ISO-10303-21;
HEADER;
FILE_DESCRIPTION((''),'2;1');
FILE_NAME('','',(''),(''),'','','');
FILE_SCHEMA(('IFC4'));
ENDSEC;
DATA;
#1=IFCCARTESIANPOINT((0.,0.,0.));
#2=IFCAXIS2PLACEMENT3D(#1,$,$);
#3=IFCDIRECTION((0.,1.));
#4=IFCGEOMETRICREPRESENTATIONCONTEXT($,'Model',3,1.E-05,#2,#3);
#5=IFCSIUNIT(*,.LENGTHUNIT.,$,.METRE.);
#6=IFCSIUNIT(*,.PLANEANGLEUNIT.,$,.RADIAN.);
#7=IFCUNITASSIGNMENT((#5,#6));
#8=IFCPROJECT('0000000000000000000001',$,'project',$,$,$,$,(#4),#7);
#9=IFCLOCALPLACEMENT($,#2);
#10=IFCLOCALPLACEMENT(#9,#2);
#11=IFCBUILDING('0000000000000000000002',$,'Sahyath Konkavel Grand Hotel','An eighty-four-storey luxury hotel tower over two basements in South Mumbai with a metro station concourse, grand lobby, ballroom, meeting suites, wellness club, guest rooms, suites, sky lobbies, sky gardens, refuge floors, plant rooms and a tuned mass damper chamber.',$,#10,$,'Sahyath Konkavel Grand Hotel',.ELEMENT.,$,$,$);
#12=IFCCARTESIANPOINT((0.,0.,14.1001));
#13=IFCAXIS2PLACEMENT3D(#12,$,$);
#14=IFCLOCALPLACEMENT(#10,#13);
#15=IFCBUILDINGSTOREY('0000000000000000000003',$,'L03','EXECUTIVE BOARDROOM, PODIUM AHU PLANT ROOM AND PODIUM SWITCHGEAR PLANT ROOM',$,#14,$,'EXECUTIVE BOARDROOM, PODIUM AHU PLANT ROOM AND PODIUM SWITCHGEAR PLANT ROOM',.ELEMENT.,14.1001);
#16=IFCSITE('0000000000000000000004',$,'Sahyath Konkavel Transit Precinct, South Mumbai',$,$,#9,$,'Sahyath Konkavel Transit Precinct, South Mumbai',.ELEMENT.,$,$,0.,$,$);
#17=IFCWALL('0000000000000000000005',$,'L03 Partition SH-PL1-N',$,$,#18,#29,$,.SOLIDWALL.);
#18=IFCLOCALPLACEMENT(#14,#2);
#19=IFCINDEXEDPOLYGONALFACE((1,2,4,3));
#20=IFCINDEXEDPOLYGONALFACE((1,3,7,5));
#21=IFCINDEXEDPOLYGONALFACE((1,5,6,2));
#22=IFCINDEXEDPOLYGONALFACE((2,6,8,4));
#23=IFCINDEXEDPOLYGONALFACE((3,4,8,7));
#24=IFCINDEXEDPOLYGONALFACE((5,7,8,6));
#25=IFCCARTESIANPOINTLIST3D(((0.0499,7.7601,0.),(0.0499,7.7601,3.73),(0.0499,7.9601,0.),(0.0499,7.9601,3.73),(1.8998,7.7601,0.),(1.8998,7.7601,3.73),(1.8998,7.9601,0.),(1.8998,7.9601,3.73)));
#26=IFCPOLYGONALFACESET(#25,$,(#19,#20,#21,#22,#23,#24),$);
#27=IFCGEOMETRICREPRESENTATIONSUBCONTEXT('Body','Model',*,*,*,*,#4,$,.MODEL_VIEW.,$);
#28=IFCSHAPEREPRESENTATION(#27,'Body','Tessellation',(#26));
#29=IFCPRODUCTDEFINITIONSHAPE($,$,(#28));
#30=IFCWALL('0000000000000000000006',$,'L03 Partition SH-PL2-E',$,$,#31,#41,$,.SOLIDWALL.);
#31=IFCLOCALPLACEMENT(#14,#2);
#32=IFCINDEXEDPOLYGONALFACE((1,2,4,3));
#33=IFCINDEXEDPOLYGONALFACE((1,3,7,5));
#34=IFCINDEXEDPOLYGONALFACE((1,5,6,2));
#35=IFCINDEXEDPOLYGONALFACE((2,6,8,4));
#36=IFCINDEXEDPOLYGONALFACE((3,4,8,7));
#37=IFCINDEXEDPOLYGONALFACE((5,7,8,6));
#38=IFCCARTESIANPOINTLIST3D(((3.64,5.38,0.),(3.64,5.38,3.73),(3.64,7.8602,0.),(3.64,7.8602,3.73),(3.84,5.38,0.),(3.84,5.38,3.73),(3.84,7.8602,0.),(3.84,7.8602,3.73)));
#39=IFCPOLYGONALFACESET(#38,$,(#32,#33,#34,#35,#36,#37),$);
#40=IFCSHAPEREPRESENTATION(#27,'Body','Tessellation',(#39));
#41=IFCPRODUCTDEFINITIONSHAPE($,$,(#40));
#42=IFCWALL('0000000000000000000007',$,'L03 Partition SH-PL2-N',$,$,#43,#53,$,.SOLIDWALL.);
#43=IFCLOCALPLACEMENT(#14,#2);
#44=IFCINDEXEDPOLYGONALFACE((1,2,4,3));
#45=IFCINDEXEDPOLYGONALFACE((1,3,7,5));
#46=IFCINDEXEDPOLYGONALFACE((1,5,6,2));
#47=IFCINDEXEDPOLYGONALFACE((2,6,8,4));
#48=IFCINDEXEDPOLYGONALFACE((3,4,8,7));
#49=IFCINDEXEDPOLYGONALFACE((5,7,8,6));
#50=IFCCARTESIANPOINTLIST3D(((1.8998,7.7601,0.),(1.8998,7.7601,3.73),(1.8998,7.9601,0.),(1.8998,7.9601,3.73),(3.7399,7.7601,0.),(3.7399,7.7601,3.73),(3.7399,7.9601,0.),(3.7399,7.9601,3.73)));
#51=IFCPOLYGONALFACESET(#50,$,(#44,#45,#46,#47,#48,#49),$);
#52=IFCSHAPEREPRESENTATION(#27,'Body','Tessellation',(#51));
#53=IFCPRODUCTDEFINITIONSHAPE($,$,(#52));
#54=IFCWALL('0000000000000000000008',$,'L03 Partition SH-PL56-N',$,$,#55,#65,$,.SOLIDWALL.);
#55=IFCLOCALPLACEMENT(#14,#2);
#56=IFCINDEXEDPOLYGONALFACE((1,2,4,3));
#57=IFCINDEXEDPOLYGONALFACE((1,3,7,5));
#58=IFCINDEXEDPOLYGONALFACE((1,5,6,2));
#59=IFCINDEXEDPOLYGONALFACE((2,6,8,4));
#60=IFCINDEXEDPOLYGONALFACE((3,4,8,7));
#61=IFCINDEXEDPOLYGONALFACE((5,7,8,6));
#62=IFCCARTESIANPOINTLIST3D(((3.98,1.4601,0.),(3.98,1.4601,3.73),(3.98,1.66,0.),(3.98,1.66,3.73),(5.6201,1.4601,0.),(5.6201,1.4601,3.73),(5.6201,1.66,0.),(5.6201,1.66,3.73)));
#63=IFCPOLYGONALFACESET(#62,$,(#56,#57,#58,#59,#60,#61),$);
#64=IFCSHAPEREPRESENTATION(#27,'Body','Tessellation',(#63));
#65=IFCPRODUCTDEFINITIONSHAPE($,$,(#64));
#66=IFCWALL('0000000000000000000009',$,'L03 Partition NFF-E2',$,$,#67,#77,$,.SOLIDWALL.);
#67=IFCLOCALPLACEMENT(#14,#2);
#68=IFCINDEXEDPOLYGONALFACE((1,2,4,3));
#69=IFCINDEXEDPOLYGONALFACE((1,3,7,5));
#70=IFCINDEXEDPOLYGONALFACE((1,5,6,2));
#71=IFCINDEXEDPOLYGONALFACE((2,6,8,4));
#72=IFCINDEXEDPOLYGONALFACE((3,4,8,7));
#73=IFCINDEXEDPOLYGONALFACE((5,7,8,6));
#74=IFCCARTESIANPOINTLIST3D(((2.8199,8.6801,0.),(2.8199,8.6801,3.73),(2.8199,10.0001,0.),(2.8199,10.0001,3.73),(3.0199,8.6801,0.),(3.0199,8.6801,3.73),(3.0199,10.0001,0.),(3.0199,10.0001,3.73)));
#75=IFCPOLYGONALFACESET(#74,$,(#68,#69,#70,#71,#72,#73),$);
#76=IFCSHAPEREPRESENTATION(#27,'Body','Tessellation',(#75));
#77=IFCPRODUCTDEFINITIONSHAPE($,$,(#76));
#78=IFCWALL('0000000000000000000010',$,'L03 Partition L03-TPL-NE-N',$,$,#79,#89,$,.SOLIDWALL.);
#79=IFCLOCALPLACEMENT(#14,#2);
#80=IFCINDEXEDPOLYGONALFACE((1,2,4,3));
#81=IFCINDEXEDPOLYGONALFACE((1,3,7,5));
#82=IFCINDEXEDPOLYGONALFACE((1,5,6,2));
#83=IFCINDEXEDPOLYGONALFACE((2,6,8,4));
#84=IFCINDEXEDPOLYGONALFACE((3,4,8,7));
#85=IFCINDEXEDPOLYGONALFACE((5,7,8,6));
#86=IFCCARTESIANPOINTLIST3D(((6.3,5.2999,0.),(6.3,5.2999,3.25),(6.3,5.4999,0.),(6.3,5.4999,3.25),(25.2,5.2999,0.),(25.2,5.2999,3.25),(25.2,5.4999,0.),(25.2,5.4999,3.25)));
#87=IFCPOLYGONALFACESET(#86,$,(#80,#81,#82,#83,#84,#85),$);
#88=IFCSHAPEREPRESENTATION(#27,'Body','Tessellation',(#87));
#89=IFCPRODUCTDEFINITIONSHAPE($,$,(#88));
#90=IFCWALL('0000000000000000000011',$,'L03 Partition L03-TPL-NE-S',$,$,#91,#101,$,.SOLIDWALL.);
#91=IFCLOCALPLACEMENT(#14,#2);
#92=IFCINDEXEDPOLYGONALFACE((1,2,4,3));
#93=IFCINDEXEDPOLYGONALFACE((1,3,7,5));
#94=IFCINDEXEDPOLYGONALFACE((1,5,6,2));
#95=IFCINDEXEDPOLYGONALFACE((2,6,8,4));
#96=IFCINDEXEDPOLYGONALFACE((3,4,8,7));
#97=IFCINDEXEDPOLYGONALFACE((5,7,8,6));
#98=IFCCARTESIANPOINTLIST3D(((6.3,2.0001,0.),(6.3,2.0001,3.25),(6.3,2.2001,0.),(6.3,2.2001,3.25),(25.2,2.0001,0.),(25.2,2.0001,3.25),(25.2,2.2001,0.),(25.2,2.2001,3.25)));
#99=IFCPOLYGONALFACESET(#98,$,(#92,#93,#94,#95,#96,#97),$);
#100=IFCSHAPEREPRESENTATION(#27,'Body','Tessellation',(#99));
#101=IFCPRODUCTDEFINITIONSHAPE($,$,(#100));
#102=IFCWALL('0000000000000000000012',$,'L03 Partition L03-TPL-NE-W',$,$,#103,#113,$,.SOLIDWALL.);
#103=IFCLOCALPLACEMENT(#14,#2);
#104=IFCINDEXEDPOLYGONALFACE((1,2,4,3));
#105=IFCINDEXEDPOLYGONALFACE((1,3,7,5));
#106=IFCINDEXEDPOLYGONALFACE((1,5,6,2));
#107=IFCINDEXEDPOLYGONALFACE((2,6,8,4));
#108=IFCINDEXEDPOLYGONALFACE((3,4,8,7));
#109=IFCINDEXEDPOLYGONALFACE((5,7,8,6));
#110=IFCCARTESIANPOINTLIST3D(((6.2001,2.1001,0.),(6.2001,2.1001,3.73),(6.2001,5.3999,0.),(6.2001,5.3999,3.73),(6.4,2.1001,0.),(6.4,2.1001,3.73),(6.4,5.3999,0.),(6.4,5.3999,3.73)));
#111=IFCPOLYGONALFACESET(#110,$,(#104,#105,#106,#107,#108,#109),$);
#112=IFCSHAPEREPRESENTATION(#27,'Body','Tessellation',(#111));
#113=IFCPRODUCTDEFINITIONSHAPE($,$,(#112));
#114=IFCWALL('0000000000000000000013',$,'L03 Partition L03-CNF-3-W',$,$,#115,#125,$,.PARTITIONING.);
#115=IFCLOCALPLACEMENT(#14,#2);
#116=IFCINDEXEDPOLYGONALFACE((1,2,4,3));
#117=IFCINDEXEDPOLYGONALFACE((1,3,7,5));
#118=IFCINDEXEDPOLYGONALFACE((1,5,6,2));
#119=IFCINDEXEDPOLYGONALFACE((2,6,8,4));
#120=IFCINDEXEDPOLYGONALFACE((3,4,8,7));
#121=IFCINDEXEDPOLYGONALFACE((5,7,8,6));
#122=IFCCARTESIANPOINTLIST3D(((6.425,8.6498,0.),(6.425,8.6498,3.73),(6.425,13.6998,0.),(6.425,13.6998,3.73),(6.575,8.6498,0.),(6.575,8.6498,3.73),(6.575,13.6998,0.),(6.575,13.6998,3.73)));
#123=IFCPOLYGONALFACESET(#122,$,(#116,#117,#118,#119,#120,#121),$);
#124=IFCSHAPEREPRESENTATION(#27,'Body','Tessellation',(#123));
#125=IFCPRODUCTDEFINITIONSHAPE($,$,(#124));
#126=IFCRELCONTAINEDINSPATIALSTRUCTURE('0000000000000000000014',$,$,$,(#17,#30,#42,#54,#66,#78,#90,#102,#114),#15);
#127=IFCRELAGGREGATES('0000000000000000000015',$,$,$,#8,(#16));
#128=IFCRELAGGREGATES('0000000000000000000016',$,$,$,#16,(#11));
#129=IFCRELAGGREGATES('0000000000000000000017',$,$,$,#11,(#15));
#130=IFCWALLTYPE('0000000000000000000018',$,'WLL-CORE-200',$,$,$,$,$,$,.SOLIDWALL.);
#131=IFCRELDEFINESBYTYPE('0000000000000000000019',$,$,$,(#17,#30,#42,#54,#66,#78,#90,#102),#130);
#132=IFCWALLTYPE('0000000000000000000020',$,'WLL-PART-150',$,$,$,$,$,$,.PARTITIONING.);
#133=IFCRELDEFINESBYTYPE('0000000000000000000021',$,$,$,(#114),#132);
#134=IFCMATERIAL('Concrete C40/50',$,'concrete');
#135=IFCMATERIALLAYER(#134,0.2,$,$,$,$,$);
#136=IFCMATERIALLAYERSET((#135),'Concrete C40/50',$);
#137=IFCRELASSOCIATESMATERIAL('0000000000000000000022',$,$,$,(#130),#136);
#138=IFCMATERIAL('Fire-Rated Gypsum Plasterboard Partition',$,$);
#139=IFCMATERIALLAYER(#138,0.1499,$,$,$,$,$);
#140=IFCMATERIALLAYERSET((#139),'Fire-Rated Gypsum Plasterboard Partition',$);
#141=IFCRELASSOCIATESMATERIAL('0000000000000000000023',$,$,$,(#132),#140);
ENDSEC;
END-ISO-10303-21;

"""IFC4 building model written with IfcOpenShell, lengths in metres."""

from ifc_helpers import new_model, si_unit, direction, frame, frame_2d, origin, place, context, subcontext, project, spatial, rectangle, extrude, material, layer, layer_set, type_object, element, save


model = new_model("IFC4")

# Units and contexts
model_context = context("Model", 3, precision=1e-05, world=origin(), true_north=direction((0.0, 1.0)))
body_context = subcontext(model_context, "Body", "Model", "MODEL_VIEW")
ifc_project = project(units=[si_unit("LENGTHUNIT", "METRE"), si_unit("PLANEANGLEUNIT", "RADIAN")], contexts=[model_context])

# Site, building, storey
site_placement = place(None, origin())
site = spatial("IfcSite", under=ifc_project, at=site_placement, Name="Sahyath Konkavel Transit Precinct, South Mumbai", LongName="Sahyath Konkavel Transit Precinct, South Mumbai", CompositionType="ELEMENT", RefElevation=0.0)
building_placement = place(site_placement, origin())
building = spatial("IfcBuilding", under=site, at=building_placement, Name="Sahyath Konkavel Grand Hotel", Description="An eighty-four-storey luxury hotel tower over two basements in South Mumbai with a metro station concourse, grand lobby, ballroom, meeting suites, wellness club, guest rooms, suites, sky lobbies, sky gardens, refuge floors, plant rooms and a tuned mass damper chamber.", LongName="Sahyath Konkavel Grand Hotel", CompositionType="ELEMENT")
storey_placement = place(building_placement, frame((0.0, 0.0, 14.1001)))
storey = spatial("IfcBuildingStorey", under=building, at=storey_placement, Name="L03", Description="EXECUTIVE BOARDROOM, PODIUM AHU PLANT ROOM AND PODIUM SWITCHGEAR PLANT ROOM", LongName="EXECUTIVE BOARDROOM, PODIUM AHU PLANT ROOM AND PODIUM SWITCHGEAR PLANT ROOM", CompositionType="ELEMENT", Elevation=14.1001)

# Shared definitions
ifc_material_1 = material(Name="Concrete C40/50", Category="concrete")
ifc_layer_1 = layer(ifc_material_1, 0.2)
ifc_layer_set_1 = layer_set([ifc_layer_1], Name="Concrete C40/50")
wall_type_1 = type_object("IfcWallType", Name="WLL-CORE-200", PredefinedType="SOLIDWALL", material=ifc_layer_set_1)

# Walls
wall_1_placement = place(storey_placement, frame((0.05, 7.8601, 0.0), z_axis=(0.0, 0.0, 1.0), x_axis=(1.0, 0.0, 0.0)))
element("IfcWall", 1, at=wall_1_placement, inside=storey, type_object=wall_type_1, Name="L03 Partition SH-PL1-N", PredefinedType="SOLIDWALL", context=body_context, shape_type="SweptSolid", body=[
    extrude(rectangle(XDim=1.8499, YDim=0.2, at=frame_2d((0.9248, 0.0))), origin(), (0.0, 0.0, 1.0), 3.73),
])
wall_2_placement = place(storey_placement, frame((3.74, 5.3799, 0.0), z_axis=(0.0, 0.0, 1.0), x_axis=(0.0, 1.0, 0.0)))
element("IfcWall", 2, at=wall_2_placement, inside=storey, type_object=wall_type_1, Name="L03 Partition SH-PL2-E", PredefinedType="SOLIDWALL", context=body_context, shape_type="SweptSolid", body=[
    extrude(rectangle(XDim=2.4802, YDim=0.2, at=frame_2d((1.2402, 0.0))), origin(), (0.0, 0.0, 1.0), 3.73),
])
wall_3_placement = place(storey_placement, frame((1.8999, 7.8601, 0.0), z_axis=(0.0, 0.0, 1.0), x_axis=(1.0, 0.0, 0.0)))
element("IfcWall", 3, at=wall_3_placement, inside=storey, type_object=wall_type_1, Name="L03 Partition SH-PL2-N", PredefinedType="SOLIDWALL", context=body_context, shape_type="SweptSolid", body=[
    extrude(rectangle(XDim=1.8401, YDim=0.2, at=frame_2d((0.9199, 0.0))), origin(), (0.0, 0.0, 1.0), 3.73),
])
wall_4_placement = place(storey_placement, frame((3.98, 1.5601, 0.0), z_axis=(0.0, 0.0, 1.0), x_axis=(1.0, 0.0, 0.0)))
element("IfcWall", 4, at=wall_4_placement, inside=storey, type_object=wall_type_1, Name="L03 Partition SH-PL56-N", PredefinedType="SOLIDWALL", context=body_context, shape_type="SweptSolid", body=[
    extrude(rectangle(XDim=1.6401, YDim=0.2, at=frame_2d((0.8201, 0.0))), origin(), (0.0, 0.0, 1.0), 3.73),
])

# Walls
wall_5_placement = place(storey_placement, frame((2.9199, 8.6799, 0.0), z_axis=(0.0, 0.0, 1.0), x_axis=(0.0, 1.0, 0.0)))
element("IfcWall", 5, at=wall_5_placement, inside=storey, type_object=wall_type_1, Name="L03 Partition NFF-E2", PredefinedType="SOLIDWALL", context=body_context, shape_type="SweptSolid", body=[
    extrude(rectangle(XDim=1.3201, YDim=0.2, at=frame_2d((0.6602, 0.0))), origin(), (0.0, 0.0, 1.0), 3.73),
])
for number, where, z_axis, x_axis, name in (
    (6, (6.3, 5.3999, 0.0), (0.0, 0.0, 1.0), (1.0, 0.0, 0.0), "L03 Partition L03-TPL-NE-N"),
    (7, (6.3, 2.1001, 0.0), (0.0, 0.0, 1.0), (1.0, 0.0, 0.0), "L03 Partition L03-TPL-NE-S"),
):
    element("IfcWall", number, at=place(storey_placement, frame(where, z_axis=z_axis, x_axis=x_axis)), inside=storey, type_object=wall_type_1, Name=name, PredefinedType="SOLIDWALL", context=body_context, shape_type="SweptSolid", body=[
        extrude(rectangle(XDim=18.8999, YDim=0.2, at=frame_2d((9.45, 0.0))), origin(), (0.0, 0.0, 1.0), 3.25),
    ])
wall_6_placement = place(storey_placement, frame((6.3, 2.1001, 0.0), z_axis=(0.0, 0.0, 1.0), x_axis=(0.0, 1.0, 0.0)))
element("IfcWall", 8, at=wall_6_placement, inside=storey, type_object=wall_type_1, Name="L03 Partition L03-TPL-NE-W", PredefinedType="SOLIDWALL", context=body_context, shape_type="SweptSolid", body=[
    extrude(rectangle(XDim=3.2998, YDim=0.2, at=frame_2d((1.6499, 0.0))), origin(), (0.0, 0.0, 1.0), 3.73),
])

# Shared definitions
ifc_material_2 = material(Name="Fire-Rated Gypsum Plasterboard Partition")
ifc_layer_2 = layer(ifc_material_2, 0.1499)
ifc_layer_set_2 = layer_set([ifc_layer_2], Name="Fire-Rated Gypsum Plasterboard Partition")
wall_type_2 = type_object("IfcWallType", Name="WLL-PART-150", PredefinedType="PARTITIONING", material=ifc_layer_set_2)

# Wall
wall_7_placement = place(storey_placement, frame((6.5, 8.6499, 0.0), z_axis=(0.0, 0.0, 1.0), x_axis=(0.0, 1.0, 0.0)))
element("IfcWall", 9, at=wall_7_placement, inside=storey, type_object=wall_type_2, Name="L03 Partition L03-CNF-3-W", PredefinedType="PARTITIONING", context=body_context, shape_type="SweptSolid", body=[
    extrude(rectangle(XDim=5.05, YDim=0.1499, at=frame_2d((2.5249, 0.0))), origin(), (0.0, 0.0, 1.0), 3.73),
])

save(model, "model.ifc")
